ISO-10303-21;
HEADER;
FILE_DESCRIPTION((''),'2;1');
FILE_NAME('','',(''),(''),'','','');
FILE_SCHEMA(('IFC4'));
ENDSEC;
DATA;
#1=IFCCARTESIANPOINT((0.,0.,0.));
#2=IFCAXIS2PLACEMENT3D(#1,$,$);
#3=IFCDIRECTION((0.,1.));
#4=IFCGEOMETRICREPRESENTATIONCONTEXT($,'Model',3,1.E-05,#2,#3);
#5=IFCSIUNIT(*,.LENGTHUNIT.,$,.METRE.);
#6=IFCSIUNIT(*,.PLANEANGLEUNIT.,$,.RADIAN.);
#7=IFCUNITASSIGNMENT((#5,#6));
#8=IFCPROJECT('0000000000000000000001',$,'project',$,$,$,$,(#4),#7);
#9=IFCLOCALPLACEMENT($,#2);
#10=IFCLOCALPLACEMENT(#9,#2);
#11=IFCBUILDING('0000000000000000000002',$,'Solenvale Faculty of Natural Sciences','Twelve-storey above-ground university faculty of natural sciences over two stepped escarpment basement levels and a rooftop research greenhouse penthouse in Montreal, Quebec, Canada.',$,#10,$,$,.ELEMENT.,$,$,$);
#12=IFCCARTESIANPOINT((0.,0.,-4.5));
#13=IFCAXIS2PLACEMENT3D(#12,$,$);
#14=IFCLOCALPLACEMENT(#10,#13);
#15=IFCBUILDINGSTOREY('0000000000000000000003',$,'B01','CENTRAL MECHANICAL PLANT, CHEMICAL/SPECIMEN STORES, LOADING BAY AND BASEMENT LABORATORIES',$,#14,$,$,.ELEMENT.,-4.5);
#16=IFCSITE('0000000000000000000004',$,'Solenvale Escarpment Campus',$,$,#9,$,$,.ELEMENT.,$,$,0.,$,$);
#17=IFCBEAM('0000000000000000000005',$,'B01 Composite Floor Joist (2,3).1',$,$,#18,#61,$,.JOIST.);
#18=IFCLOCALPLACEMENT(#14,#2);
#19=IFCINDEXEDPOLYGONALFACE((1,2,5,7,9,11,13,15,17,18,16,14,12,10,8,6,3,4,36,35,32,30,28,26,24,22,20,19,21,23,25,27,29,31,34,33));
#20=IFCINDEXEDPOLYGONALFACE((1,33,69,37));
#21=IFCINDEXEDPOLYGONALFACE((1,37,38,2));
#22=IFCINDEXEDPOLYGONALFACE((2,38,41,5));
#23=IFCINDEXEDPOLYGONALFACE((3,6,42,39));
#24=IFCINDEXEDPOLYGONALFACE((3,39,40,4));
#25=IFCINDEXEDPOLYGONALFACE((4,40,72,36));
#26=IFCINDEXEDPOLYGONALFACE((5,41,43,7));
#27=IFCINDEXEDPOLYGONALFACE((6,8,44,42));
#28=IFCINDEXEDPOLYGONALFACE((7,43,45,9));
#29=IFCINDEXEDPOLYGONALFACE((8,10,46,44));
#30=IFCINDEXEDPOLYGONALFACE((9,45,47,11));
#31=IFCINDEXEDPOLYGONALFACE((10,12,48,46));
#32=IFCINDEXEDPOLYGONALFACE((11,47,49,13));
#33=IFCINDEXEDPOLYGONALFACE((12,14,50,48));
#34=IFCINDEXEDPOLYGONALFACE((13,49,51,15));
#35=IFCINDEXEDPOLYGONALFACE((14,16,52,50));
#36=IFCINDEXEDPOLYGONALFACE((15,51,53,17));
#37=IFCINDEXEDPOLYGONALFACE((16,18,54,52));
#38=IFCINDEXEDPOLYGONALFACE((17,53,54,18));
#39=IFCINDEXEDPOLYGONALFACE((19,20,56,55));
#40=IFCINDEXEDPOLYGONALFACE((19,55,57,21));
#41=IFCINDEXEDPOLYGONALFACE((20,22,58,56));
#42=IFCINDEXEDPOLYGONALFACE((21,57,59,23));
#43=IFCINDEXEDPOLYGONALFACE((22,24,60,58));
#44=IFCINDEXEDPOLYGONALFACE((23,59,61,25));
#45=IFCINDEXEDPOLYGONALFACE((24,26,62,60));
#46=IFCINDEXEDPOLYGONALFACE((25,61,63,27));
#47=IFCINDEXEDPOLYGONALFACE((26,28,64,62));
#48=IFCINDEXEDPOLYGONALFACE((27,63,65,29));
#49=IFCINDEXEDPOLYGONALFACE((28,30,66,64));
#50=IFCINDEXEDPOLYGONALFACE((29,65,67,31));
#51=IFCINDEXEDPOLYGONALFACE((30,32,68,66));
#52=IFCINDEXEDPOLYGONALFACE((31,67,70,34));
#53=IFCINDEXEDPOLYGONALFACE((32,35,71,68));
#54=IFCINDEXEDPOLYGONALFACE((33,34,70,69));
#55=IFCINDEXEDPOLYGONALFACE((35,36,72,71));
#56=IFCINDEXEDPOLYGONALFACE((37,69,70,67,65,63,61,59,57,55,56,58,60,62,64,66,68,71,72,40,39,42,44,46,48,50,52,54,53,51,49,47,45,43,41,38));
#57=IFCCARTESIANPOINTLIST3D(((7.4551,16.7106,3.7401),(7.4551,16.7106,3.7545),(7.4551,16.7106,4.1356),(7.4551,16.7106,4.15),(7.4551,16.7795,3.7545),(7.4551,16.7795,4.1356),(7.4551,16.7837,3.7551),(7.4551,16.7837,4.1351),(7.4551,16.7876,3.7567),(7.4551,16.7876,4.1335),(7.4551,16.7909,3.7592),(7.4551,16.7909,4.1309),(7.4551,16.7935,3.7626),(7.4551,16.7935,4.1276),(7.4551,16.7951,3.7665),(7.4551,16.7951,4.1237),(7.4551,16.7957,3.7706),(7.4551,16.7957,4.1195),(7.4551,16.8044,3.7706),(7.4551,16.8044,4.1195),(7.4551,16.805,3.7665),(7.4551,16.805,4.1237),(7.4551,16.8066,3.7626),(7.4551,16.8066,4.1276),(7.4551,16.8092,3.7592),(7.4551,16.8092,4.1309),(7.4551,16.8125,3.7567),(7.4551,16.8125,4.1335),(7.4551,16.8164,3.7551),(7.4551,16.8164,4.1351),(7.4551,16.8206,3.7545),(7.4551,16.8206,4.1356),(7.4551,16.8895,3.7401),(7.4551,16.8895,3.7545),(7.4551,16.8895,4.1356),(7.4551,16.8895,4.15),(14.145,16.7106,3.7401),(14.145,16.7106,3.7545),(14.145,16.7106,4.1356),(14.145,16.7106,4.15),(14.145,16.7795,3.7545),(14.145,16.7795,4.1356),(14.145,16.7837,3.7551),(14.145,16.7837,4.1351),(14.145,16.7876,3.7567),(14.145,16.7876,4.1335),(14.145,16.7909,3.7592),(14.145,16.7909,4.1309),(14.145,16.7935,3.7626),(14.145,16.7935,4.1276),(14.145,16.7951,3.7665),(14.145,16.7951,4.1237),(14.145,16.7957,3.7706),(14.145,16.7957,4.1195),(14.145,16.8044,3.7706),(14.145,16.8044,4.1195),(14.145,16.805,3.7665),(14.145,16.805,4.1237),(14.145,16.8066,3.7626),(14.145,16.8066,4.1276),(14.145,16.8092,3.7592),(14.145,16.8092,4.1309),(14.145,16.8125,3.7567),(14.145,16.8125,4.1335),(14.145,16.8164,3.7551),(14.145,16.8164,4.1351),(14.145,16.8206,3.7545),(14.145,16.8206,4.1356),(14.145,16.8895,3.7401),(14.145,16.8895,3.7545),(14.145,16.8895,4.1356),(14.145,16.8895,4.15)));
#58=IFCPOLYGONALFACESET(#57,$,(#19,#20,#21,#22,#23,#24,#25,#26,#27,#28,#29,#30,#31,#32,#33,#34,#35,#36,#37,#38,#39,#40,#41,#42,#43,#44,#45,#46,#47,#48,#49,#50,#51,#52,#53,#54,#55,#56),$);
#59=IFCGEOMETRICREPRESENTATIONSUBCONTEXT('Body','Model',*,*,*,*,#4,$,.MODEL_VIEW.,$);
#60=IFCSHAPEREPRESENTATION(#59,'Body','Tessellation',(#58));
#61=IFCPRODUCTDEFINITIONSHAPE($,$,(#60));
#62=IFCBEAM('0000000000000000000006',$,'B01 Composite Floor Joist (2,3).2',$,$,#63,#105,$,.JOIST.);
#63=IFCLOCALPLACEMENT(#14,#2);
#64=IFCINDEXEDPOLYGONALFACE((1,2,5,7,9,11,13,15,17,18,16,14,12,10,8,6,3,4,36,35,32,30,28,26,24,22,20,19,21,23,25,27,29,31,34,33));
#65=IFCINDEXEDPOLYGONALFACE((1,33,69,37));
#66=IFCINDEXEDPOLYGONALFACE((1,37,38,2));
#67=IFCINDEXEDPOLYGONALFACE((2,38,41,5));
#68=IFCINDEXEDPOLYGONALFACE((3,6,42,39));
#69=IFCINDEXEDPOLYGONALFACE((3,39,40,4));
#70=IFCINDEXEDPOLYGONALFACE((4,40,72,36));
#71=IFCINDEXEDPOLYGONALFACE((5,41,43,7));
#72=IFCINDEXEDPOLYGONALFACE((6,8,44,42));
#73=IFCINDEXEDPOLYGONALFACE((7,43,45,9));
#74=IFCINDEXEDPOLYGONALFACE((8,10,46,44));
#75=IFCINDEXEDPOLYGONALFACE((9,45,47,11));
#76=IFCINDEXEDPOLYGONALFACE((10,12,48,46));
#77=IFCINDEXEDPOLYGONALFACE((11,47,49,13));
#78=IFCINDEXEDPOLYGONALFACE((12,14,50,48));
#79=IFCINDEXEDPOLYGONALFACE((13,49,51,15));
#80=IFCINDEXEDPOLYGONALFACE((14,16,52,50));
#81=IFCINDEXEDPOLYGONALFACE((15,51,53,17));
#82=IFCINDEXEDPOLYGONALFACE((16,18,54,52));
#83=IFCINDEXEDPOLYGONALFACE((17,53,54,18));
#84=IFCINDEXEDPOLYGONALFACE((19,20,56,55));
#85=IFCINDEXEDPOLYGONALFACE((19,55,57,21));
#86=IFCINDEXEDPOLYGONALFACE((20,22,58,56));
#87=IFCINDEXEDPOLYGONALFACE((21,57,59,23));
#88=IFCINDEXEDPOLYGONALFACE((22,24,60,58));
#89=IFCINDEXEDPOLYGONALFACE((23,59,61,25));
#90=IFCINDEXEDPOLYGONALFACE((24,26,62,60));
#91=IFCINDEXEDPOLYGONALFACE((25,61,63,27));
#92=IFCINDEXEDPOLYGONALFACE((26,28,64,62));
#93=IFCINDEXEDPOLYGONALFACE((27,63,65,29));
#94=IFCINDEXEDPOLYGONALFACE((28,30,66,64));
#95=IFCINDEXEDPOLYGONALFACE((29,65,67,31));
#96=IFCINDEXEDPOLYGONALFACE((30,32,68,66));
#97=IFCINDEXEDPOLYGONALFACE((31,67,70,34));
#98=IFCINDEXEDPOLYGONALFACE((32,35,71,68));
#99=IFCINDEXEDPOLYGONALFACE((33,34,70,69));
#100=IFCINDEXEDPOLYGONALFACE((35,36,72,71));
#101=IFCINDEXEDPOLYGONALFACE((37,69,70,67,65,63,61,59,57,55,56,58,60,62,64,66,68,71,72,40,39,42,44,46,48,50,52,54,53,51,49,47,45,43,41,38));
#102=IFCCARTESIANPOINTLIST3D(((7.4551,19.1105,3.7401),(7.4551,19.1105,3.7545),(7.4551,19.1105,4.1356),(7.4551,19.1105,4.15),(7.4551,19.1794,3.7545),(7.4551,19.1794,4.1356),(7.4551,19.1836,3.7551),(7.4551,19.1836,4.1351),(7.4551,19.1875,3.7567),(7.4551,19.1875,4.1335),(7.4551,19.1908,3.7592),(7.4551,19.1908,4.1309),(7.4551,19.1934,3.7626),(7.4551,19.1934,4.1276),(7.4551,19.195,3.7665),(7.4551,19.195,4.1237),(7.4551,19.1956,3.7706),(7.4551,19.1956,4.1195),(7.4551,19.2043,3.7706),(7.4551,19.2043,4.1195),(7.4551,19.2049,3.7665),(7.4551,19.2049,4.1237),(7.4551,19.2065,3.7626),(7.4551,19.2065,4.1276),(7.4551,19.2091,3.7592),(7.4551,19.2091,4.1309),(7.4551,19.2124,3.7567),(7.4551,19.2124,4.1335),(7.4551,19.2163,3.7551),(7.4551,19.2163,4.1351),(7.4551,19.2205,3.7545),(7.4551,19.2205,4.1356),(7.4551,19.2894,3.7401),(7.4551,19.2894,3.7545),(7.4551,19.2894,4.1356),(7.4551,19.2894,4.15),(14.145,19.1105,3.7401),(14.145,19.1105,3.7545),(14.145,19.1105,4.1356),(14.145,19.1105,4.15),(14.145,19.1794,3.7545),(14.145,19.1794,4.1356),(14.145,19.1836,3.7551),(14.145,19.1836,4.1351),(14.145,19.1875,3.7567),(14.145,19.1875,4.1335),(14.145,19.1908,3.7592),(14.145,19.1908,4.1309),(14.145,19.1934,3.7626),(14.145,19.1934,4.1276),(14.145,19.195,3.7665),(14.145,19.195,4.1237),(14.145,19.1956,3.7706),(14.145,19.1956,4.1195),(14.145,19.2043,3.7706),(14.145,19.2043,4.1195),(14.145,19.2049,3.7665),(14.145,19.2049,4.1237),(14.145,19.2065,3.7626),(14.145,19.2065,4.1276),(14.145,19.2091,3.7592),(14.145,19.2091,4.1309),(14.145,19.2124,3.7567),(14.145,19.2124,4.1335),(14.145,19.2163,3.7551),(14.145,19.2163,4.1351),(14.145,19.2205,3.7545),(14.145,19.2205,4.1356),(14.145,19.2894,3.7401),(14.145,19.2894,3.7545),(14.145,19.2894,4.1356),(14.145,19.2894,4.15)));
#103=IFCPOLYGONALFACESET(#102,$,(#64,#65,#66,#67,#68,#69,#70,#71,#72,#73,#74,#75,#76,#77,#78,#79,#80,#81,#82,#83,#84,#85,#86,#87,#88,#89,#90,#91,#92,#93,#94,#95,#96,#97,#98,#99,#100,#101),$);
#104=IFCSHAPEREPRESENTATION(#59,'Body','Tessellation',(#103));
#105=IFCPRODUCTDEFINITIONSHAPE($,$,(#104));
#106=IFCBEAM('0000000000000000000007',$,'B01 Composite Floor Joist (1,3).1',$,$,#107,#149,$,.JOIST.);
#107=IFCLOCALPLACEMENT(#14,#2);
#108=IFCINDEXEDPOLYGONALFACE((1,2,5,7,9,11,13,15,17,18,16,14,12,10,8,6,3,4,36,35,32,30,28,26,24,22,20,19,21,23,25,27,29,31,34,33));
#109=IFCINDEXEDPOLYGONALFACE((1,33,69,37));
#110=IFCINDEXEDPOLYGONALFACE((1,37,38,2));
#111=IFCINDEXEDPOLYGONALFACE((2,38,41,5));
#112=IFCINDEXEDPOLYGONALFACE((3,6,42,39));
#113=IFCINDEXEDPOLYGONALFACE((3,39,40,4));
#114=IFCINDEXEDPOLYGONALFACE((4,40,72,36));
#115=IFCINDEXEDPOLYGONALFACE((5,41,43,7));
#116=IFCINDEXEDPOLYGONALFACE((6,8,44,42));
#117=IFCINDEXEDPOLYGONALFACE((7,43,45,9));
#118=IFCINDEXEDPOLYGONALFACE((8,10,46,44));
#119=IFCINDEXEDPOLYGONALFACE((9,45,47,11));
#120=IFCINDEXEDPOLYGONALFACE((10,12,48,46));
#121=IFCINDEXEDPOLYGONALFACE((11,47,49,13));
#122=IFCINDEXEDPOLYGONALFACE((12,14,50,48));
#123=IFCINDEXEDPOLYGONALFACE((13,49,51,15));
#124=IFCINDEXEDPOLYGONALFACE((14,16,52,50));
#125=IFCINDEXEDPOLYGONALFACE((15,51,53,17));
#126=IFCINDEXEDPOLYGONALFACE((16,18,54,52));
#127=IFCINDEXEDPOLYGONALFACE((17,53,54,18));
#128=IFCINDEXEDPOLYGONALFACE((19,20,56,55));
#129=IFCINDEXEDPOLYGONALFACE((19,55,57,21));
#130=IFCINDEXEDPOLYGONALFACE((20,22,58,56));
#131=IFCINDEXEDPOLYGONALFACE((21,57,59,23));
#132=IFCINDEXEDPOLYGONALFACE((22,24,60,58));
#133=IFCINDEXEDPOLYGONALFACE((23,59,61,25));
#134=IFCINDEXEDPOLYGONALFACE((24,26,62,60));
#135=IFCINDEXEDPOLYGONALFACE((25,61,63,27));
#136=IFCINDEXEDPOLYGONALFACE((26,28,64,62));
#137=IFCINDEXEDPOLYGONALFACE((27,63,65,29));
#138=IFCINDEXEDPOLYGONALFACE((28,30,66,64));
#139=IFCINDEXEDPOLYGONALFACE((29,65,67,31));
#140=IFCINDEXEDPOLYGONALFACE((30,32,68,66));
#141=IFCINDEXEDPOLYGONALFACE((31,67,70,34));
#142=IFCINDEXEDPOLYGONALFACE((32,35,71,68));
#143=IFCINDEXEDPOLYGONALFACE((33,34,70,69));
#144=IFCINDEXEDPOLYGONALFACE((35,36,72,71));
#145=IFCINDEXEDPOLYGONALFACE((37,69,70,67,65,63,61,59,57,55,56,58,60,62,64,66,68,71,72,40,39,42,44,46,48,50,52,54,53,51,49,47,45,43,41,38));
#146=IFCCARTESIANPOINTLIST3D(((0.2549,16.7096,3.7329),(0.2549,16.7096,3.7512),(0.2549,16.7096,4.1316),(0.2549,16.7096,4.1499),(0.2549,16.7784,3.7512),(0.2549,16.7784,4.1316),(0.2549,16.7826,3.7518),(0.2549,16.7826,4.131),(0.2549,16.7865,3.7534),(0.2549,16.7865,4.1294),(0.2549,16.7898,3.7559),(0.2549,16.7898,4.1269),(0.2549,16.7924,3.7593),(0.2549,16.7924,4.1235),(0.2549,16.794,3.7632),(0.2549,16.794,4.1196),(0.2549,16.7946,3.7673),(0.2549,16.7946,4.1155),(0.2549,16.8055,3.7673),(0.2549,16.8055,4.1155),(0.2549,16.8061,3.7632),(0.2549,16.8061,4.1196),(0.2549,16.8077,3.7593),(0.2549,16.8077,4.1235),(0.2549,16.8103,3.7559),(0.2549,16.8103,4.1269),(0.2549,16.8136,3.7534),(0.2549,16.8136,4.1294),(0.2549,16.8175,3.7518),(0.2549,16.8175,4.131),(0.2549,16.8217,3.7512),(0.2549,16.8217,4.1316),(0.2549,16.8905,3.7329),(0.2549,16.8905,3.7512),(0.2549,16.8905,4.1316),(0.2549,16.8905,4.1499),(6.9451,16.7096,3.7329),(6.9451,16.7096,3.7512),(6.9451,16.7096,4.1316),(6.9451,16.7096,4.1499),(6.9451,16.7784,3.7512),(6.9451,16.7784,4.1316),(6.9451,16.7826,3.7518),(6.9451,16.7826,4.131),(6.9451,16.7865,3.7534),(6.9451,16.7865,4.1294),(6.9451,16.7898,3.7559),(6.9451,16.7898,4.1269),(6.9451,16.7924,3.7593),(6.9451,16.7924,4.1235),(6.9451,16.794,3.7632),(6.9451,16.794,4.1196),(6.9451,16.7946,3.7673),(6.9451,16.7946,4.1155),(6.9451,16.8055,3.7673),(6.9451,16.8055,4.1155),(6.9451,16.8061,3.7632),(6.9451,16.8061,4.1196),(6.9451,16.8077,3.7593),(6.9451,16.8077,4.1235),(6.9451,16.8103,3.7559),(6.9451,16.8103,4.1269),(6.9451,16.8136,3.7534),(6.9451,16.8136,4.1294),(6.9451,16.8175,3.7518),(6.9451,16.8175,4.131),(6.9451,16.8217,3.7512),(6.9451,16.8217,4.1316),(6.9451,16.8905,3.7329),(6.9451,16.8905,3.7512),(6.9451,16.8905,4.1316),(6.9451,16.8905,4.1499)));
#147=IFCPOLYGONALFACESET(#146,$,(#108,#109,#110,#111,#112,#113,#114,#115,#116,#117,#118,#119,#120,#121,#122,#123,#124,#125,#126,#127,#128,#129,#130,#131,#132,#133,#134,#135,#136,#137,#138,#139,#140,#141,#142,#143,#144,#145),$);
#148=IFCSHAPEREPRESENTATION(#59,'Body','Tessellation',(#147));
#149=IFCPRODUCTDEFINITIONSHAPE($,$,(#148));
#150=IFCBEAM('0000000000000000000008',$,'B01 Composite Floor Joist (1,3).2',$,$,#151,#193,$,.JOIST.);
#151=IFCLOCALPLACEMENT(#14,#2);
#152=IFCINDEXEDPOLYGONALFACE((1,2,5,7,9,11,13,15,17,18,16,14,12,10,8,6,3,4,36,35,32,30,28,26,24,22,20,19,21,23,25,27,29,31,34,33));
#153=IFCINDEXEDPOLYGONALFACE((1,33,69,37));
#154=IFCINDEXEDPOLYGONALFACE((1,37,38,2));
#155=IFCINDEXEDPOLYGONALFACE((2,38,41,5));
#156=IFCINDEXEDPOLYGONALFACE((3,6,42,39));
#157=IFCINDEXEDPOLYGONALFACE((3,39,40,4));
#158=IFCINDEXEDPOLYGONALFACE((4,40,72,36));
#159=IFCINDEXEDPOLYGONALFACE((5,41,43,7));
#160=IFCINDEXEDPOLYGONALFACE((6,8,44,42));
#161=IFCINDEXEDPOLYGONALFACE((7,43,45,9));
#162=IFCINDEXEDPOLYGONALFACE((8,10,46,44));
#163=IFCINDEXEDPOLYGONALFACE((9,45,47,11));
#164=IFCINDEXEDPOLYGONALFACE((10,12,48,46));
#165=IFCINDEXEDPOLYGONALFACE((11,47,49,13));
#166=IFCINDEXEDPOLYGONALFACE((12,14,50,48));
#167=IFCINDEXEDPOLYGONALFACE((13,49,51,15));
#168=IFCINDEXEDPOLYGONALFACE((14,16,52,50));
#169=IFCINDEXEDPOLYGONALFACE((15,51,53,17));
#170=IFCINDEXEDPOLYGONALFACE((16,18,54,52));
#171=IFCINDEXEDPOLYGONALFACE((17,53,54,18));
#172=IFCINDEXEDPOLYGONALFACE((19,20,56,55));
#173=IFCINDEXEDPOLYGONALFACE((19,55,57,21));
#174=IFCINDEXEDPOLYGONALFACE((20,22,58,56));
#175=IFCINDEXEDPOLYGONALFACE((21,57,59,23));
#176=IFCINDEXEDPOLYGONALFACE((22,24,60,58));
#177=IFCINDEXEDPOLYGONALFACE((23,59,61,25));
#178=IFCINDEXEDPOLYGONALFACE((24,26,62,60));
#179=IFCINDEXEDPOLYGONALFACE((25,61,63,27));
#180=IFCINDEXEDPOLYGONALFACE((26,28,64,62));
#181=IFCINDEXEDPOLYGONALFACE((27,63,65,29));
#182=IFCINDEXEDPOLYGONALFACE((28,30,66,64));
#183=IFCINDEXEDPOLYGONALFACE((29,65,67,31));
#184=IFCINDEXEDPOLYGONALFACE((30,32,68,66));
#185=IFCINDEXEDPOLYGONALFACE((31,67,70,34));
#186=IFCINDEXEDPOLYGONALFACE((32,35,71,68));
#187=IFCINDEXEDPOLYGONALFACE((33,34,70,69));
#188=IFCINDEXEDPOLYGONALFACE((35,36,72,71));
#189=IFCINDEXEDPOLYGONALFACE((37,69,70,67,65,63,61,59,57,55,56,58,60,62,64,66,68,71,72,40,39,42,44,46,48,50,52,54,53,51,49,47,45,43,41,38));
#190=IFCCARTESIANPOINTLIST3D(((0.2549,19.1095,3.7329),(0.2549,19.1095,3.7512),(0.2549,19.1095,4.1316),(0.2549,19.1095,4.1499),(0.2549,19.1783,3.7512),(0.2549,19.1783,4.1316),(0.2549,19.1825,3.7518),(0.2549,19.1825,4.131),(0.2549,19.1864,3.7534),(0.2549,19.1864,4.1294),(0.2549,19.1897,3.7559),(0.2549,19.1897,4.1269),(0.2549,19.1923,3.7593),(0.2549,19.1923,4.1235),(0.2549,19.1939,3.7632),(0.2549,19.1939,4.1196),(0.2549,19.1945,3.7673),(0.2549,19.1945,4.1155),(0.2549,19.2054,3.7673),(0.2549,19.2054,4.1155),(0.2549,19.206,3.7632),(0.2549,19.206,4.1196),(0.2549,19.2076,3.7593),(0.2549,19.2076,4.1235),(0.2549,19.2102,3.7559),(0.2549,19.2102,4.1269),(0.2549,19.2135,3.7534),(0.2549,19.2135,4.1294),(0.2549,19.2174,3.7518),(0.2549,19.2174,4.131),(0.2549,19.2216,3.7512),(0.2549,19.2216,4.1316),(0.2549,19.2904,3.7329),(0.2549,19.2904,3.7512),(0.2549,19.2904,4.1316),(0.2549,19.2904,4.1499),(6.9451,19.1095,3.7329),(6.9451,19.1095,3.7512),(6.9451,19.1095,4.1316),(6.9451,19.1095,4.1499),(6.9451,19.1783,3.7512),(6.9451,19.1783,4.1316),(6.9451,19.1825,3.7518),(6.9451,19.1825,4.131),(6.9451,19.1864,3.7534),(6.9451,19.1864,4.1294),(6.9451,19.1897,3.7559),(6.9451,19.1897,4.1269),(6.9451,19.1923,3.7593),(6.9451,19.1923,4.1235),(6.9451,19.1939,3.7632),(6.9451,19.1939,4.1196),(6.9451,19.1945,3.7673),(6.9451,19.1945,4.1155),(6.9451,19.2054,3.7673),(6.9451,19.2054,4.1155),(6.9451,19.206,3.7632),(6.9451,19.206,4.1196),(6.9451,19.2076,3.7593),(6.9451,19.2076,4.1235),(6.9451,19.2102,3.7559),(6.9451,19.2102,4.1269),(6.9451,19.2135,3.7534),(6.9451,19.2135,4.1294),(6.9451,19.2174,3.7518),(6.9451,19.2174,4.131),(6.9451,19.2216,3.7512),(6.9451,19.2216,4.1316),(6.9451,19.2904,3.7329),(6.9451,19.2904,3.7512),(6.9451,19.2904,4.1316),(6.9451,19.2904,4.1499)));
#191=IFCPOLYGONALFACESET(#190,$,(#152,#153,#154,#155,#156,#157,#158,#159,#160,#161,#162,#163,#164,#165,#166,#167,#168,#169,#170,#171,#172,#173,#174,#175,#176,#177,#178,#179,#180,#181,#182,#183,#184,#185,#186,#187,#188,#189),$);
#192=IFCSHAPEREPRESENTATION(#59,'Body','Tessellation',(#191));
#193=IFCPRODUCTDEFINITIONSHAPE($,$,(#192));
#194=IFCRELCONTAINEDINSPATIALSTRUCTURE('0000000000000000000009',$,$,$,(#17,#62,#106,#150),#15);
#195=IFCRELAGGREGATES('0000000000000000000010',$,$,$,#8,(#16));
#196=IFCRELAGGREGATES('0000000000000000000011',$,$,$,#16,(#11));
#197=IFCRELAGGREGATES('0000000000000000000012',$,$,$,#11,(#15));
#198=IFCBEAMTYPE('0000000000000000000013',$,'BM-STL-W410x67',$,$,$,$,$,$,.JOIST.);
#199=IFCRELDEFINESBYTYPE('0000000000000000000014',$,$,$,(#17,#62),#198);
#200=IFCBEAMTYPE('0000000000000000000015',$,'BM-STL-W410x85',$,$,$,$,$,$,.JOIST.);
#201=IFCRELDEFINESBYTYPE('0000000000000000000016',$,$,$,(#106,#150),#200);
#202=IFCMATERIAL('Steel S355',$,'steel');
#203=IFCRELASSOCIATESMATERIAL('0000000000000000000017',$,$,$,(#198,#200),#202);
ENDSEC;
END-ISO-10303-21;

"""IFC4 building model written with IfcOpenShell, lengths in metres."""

from ifc_helpers import new_model, si_unit, direction, frame, origin, origin_2d, place, context, subcontext, project, spatial, i_section, extrude, material, material_profile, profile_set, type_object, element, save


model = new_model("IFC4")

# Units and contexts
model_context = context("Model", 3, precision=1e-05, world=origin(), true_north=direction((0.0, 1.0)))
body_context = subcontext(model_context, "Body", "Model", "MODEL_VIEW")
ifc_project = project(units=[si_unit("LENGTHUNIT", "METRE"), si_unit("PLANEANGLEUNIT", "RADIAN")], contexts=[model_context])

# Site, building, storey
site_placement = place(None, origin())
site = spatial("IfcSite", under=ifc_project, at=site_placement, Name="Solenvale Escarpment Campus", CompositionType="ELEMENT", RefElevation=0.0)
building_placement = place(site_placement, origin())
building = spatial("IfcBuilding", under=site, at=building_placement, Name="Solenvale Faculty of Natural Sciences", Description="Twelve-storey above-ground university faculty of natural sciences over two stepped escarpment basement levels and a rooftop research greenhouse penthouse in Montreal, Quebec, Canada.", CompositionType="ELEMENT")
storey_placement = place(building_placement, frame((0.0, 0.0, -4.5)))
storey = spatial("IfcBuildingStorey", under=building, at=storey_placement, Name="B01", Description="CENTRAL MECHANICAL PLANT, CHEMICAL/SPECIMEN STORES, LOADING BAY AND BASEMENT LABORATORIES", CompositionType="ELEMENT", Elevation=-4.5)

# Beams
ifc_material_1 = material(Name="Steel S355", Category="steel")
ifc_material_profile_1 = material_profile(ifc_material_1, i_section(OverallWidth=0.179, OverallDepth=0.4099, WebThickness=0.0088, FlangeThickness=0.0144, FilletRadius=0.0161, at=origin_2d()), Name="W410x67")
ifc_profile_set_1 = profile_set([ifc_material_profile_1], Name="Steel S355")
beam_type_1 = type_object("IfcBeamType", Name="BM-STL-W410x67", PredefinedType="JOIST", material=ifc_profile_set_1)
for number, where, z_axis, x_axis, name in (
    (1, (7.4551, 16.8, 3.9451), (1.0, 0.0, 0.0), (0.0, 1.0, 0.0), "B01 Composite Floor Joist (2,3).1"),
    (2, (7.4551, 19.2, 3.9451), (1.0, 0.0, 0.0), (0.0, 1.0, 0.0), "B01 Composite Floor Joist (2,3).2"),
):
    element("IfcBeam", number, at=place(storey_placement, frame(where, z_axis=z_axis, x_axis=x_axis)), inside=storey, type_object=beam_type_1, Name=name, PredefinedType="JOIST", context=body_context, shape_type="SweptSolid", body=[
        extrude(i_section(OverallWidth=0.179, OverallDepth=0.4099, WebThickness=0.0088, FlangeThickness=0.0144, FilletRadius=0.0161, at=origin_2d()), origin(), (0.0, 0.0, 1.0), 6.6899),
    ])
ifc_material_profile_2 = material_profile(ifc_material_1, i_section(OverallWidth=0.1809, OverallDepth=0.417, WebThickness=0.011, FlangeThickness=0.0183, FilletRadius=0.0161, at=origin_2d()), Name="W410x85")
ifc_profile_set_2 = profile_set([ifc_material_profile_2], Name="Steel S355")
beam_type_2 = type_object("IfcBeamType", Name="BM-STL-W410x85", PredefinedType="JOIST", material=ifc_profile_set_2)
for number, where, z_axis, x_axis, name in (
    (3, (0.2549, 16.8, 3.9414), (1.0, 0.0, 0.0), (0.0, 1.0, 0.0), "B01 Composite Floor Joist (1,3).1"),
    (4, (0.2549, 19.2, 3.9414), (1.0, 0.0, 0.0), (0.0, 1.0, 0.0), "B01 Composite Floor Joist (1,3).2"),
):
    element("IfcBeam", number, at=place(storey_placement, frame(where, z_axis=z_axis, x_axis=x_axis)), inside=storey, type_object=beam_type_2, Name=name, PredefinedType="JOIST", context=body_context, shape_type="SweptSolid", body=[
        extrude(i_section(OverallWidth=0.1809, OverallDepth=0.417, WebThickness=0.011, FlangeThickness=0.0183, FilletRadius=0.0161, at=origin_2d()), origin(), (0.0, 0.0, 1.0), 6.6902),
    ])

save(model, "model.ifc")
